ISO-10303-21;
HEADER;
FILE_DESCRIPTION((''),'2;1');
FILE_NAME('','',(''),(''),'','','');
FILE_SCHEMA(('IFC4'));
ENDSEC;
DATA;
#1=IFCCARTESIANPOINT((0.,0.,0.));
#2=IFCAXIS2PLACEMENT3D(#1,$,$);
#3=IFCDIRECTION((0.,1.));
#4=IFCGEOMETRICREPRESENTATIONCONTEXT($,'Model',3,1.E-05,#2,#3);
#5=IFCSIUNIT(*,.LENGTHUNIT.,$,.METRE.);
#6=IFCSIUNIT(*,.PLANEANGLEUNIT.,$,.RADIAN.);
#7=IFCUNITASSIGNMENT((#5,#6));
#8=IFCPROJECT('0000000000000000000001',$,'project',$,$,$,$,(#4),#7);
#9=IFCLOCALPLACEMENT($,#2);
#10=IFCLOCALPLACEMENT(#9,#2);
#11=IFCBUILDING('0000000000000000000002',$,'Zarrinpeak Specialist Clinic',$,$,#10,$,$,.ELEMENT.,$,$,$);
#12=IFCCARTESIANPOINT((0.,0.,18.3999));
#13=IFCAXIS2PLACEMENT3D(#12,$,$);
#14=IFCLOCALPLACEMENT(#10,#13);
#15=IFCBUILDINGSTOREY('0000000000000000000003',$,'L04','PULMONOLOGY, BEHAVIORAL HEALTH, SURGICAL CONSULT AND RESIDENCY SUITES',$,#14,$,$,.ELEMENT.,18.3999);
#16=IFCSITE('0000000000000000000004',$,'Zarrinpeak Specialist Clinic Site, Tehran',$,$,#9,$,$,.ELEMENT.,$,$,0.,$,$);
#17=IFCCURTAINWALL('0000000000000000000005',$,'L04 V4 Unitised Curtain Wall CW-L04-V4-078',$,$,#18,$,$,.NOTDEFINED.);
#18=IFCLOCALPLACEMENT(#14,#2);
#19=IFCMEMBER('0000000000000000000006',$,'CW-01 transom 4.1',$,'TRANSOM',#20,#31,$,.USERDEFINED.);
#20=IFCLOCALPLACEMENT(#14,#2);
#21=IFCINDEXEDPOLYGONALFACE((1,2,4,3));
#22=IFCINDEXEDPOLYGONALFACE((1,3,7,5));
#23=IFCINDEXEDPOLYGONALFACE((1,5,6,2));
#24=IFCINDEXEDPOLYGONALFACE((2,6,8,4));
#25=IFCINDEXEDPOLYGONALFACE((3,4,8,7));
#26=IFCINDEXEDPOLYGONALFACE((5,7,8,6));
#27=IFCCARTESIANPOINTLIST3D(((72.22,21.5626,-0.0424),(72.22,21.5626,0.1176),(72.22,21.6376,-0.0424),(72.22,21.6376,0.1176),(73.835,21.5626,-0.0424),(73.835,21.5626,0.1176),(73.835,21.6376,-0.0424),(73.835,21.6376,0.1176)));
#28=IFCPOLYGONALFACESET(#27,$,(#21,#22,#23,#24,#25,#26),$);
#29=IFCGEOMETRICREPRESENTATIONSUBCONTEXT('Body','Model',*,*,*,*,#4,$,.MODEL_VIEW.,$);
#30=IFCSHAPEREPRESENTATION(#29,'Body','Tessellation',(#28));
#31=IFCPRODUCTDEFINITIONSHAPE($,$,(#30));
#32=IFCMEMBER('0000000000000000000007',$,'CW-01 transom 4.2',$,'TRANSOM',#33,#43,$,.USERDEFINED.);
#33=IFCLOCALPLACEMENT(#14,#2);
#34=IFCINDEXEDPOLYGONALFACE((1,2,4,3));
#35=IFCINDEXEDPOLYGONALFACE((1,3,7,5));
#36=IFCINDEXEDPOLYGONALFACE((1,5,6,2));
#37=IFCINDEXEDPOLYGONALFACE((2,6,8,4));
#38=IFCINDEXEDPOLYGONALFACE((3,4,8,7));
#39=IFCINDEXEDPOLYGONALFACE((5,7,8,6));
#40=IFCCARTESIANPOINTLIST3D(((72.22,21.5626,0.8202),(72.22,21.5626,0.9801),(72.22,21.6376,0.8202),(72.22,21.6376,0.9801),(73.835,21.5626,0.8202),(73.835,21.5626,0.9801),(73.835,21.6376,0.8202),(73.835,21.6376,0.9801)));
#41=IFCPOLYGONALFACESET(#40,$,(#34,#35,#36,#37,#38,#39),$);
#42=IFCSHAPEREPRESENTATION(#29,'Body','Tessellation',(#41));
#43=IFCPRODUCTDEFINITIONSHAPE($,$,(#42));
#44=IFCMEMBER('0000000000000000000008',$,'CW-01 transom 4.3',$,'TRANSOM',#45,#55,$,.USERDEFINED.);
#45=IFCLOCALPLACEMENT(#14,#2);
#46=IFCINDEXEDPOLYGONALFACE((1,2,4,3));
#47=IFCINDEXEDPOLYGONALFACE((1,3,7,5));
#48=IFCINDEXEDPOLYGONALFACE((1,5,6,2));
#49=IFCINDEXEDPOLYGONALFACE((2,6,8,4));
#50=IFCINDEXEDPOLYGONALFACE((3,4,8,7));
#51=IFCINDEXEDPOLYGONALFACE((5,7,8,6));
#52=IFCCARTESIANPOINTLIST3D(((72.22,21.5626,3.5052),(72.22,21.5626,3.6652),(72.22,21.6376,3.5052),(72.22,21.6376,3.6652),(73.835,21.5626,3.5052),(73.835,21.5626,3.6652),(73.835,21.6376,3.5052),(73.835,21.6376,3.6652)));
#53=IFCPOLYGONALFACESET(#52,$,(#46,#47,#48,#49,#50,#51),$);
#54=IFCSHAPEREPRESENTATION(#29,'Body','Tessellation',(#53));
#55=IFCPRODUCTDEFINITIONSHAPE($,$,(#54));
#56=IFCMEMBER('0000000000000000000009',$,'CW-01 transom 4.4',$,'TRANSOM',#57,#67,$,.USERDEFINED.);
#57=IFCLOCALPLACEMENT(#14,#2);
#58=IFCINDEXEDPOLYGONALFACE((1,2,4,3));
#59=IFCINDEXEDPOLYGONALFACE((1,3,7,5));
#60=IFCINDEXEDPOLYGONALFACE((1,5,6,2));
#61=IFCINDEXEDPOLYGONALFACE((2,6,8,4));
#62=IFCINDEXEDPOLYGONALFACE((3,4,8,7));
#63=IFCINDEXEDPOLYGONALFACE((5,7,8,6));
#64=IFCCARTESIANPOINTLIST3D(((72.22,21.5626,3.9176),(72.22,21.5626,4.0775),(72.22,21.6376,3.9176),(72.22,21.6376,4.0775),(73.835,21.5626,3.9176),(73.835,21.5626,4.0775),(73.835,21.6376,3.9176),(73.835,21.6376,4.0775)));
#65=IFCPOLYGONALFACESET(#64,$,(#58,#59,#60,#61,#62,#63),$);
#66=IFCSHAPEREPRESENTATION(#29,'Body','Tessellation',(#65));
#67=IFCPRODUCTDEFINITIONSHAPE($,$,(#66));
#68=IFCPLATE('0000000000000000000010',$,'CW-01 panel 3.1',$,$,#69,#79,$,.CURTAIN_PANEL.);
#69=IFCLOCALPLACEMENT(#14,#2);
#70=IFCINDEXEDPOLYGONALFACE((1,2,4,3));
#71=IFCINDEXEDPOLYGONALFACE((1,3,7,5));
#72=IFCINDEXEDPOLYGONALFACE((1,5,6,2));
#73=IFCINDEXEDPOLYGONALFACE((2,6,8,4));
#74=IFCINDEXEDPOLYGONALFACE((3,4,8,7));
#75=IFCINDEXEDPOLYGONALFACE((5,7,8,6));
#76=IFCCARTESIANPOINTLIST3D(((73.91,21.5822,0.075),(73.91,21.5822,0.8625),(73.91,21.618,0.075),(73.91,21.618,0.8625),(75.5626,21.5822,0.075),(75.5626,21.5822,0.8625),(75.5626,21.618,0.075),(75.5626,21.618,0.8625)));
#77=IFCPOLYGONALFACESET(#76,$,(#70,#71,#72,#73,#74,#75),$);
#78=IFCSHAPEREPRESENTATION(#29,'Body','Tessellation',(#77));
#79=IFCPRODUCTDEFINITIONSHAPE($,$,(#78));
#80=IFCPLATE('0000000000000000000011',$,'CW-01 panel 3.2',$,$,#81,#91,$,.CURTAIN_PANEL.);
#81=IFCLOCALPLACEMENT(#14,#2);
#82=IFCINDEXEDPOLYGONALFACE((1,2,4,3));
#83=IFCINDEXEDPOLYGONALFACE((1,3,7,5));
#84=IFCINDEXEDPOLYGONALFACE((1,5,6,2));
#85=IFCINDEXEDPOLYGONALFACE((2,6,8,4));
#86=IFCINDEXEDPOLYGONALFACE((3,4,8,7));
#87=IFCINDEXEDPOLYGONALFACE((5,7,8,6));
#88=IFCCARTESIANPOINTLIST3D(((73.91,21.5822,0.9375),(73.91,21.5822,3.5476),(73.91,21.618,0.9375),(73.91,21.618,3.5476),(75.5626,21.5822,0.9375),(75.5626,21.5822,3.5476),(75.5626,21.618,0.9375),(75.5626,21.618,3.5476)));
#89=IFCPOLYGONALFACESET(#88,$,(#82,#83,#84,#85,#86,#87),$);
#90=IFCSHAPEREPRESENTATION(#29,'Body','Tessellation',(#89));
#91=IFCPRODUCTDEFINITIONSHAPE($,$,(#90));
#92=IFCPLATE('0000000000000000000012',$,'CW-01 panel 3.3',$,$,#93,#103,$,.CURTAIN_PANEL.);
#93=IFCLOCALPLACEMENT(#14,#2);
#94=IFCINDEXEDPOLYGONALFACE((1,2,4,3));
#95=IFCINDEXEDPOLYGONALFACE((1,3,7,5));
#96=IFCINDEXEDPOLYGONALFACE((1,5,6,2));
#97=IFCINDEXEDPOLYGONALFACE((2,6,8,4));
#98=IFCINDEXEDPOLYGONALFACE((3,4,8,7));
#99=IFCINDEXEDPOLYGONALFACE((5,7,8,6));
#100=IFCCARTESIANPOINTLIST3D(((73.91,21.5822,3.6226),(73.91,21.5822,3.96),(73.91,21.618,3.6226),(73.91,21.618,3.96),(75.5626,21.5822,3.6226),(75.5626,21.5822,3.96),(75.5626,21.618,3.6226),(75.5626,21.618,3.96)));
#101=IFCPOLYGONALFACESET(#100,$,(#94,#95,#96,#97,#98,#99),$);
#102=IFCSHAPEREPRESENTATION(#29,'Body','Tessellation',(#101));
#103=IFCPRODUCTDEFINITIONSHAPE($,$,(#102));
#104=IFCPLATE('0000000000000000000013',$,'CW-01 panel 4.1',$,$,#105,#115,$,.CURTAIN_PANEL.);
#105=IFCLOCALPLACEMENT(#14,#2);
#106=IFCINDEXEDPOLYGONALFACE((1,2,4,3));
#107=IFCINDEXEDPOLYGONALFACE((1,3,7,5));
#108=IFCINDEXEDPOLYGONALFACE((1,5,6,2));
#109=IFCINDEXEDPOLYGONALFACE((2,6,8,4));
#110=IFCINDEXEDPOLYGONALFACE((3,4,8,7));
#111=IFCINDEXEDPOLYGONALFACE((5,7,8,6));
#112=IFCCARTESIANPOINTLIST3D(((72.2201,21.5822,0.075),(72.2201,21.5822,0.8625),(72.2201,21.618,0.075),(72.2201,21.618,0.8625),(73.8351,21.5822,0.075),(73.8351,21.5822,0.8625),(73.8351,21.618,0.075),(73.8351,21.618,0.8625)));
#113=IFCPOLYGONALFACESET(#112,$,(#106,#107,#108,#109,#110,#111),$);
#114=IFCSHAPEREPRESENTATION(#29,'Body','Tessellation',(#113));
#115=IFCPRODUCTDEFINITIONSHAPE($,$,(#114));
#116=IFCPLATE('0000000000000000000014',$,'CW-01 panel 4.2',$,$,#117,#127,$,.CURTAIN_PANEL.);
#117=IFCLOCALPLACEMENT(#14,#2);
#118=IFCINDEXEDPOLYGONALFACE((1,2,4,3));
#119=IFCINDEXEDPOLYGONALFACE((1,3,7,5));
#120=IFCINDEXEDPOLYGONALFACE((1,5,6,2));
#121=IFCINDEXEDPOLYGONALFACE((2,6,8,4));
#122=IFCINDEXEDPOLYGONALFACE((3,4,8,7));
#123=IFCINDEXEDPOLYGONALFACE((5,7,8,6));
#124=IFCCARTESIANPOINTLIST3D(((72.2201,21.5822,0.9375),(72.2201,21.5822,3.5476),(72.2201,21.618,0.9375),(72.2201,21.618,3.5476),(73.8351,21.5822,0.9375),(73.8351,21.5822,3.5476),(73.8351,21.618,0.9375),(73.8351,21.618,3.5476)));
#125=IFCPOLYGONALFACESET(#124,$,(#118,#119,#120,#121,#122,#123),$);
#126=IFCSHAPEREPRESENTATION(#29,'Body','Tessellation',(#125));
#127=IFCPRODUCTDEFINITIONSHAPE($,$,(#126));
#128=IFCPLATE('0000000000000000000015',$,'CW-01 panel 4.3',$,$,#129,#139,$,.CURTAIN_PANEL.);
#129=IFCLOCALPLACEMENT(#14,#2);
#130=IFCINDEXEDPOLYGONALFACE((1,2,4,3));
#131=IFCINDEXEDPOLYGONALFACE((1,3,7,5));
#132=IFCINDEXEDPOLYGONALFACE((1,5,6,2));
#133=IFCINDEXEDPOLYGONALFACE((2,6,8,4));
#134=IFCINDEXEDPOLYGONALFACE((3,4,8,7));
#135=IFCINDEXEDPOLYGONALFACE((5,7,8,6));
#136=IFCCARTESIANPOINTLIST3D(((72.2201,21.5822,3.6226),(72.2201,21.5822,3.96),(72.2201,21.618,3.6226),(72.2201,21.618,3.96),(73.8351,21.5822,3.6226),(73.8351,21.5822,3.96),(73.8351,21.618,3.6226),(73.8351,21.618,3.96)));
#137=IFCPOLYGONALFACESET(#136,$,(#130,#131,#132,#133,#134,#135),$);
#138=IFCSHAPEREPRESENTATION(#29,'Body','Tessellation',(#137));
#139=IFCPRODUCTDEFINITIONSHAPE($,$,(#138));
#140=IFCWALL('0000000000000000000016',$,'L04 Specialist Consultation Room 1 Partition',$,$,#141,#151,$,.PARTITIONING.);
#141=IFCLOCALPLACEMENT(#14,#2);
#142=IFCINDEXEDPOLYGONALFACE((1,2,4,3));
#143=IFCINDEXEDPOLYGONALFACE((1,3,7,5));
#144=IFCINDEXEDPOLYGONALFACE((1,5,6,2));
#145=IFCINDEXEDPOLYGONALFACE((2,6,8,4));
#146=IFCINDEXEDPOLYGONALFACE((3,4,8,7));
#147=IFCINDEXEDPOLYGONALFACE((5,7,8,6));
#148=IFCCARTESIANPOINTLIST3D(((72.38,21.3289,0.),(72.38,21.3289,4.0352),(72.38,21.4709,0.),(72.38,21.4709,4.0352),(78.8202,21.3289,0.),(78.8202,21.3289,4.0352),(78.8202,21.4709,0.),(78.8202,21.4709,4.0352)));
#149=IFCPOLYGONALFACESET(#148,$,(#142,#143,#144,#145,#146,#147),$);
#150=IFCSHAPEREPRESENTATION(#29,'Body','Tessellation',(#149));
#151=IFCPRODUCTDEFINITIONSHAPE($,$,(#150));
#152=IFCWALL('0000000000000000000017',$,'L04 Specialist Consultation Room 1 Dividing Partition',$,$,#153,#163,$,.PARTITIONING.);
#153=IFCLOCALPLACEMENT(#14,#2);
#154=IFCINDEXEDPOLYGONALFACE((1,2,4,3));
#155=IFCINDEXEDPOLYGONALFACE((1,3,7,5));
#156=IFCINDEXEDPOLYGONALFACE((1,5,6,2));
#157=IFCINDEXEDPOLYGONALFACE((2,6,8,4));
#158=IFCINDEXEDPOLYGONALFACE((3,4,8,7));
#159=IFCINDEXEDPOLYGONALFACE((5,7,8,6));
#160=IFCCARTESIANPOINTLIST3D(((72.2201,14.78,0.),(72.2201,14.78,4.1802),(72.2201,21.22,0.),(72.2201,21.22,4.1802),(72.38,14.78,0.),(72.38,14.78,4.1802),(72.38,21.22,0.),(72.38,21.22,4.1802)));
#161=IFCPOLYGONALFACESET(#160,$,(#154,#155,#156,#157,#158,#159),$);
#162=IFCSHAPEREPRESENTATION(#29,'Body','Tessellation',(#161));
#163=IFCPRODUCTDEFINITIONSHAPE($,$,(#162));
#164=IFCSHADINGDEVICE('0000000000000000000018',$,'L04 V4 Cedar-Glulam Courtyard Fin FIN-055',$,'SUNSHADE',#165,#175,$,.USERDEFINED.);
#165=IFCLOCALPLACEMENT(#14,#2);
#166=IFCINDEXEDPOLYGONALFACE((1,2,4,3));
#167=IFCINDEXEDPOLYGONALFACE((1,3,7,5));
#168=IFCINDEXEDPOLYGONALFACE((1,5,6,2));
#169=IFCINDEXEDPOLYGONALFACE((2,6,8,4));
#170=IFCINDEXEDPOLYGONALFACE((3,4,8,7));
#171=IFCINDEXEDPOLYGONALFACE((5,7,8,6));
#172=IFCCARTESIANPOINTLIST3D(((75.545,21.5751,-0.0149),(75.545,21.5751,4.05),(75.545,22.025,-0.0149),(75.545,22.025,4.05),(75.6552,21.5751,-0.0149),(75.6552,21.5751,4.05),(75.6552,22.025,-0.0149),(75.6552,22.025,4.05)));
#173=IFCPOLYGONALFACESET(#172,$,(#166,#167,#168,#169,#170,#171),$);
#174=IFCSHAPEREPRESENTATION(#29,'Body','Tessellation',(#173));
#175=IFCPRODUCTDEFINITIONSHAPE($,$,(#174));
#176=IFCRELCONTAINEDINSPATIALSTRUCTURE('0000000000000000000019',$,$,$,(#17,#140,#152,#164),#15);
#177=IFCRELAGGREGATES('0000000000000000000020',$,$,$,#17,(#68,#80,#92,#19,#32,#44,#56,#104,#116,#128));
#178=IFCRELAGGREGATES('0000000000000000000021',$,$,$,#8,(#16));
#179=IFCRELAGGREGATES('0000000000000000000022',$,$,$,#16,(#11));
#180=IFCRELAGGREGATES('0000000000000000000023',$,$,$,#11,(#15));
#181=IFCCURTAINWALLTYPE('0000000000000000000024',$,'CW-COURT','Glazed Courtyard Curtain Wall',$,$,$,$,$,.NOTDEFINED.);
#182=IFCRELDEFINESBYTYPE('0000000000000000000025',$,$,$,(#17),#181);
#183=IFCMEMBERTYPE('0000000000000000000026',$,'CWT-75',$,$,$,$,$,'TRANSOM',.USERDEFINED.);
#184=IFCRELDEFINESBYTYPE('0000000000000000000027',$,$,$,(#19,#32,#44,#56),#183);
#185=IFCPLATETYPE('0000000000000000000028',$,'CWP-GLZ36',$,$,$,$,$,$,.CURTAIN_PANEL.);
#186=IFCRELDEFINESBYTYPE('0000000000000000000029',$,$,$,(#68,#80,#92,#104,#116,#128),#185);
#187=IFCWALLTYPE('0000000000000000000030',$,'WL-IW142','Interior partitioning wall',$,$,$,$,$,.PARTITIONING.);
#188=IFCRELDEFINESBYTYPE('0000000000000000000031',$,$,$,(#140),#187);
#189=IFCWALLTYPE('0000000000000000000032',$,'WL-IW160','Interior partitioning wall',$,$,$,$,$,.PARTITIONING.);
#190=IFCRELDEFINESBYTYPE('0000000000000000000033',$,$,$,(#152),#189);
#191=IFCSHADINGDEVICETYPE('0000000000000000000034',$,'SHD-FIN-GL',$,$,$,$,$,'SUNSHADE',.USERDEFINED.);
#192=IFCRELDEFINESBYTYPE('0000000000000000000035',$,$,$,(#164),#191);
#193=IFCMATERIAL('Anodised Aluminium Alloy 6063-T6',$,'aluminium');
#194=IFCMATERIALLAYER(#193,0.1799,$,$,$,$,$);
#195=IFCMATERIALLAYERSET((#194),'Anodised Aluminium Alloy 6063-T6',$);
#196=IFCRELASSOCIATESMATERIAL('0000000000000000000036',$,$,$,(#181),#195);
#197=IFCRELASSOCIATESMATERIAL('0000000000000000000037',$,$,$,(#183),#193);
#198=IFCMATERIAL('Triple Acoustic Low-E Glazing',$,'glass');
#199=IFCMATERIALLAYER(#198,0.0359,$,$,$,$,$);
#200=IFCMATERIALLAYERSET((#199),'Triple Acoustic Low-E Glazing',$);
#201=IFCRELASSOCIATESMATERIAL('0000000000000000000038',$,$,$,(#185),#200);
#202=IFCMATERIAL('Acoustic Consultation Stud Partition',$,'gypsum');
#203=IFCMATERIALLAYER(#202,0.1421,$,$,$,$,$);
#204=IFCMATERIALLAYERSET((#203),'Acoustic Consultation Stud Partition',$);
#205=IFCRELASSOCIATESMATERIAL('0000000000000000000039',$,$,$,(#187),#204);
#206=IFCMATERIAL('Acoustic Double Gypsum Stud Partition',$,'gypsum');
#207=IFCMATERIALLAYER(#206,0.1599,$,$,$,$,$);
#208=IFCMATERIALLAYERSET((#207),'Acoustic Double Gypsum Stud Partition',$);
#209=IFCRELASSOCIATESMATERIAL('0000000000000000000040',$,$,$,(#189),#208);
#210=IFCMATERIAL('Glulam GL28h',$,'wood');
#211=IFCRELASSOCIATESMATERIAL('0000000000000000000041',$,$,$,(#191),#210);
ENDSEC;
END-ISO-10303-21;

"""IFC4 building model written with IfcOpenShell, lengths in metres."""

from ifc_helpers import new_model, si_unit, direction, frame, frame_2d, origin, origin_2d, place, context, subcontext, project, spatial, rectangle, extrude, material, layer, layer_set, material_profile, profile_set, type_object, element, aggregate, save


model = new_model("IFC4")

# Units and contexts
model_context = context("Model", 3, precision=1e-05, world=origin(), true_north=direction((0.0, 1.0)))
body_context = subcontext(model_context, "Body", "Model", "MODEL_VIEW")
ifc_project = project(units=[si_unit("LENGTHUNIT", "METRE"), si_unit("PLANEANGLEUNIT", "RADIAN")], contexts=[model_context])

# Site, building, storey
site_placement = place(None, origin())
site = spatial("IfcSite", under=ifc_project, at=site_placement, Name="Zarrinpeak Specialist Clinic Site, Tehran", CompositionType="ELEMENT", RefElevation=0.0)
building_placement = place(site_placement, origin())
building = spatial("IfcBuilding", under=site, at=building_placement, Name="Zarrinpeak Specialist Clinic", CompositionType="ELEMENT")
storey_placement = place(building_placement, frame((0.0, 0.0, 18.3999)))
storey = spatial("IfcBuildingStorey", under=building, at=storey_placement, Name="L04", Description="PULMONOLOGY, BEHAVIORAL HEALTH, SURGICAL CONSULT AND RESIDENCY SUITES", CompositionType="ELEMENT", Elevation=18.3999)

# Curtain wall, members, plates
ifc_material_1 = material(Name="Anodised Aluminium Alloy 6063-T6", Category="aluminium")
ifc_layer_1 = layer(ifc_material_1, 0.1799)
ifc_layer_set_1 = layer_set([ifc_layer_1], Name="Anodised Aluminium Alloy 6063-T6")
curtain_wall_type = type_object("IfcCurtainWallType", Name="CW-COURT", Description="Glazed Courtyard Curtain Wall", PredefinedType="NOTDEFINED", material=ifc_layer_set_1)
curtain_wall_placement = place(storey_placement, origin())
curtain_wall = element("IfcCurtainWall", 1, at=curtain_wall_placement, inside=storey, type_object=curtain_wall_type, Name="L04 V4 Unitised Curtain Wall CW-L04-V4-078", PredefinedType="NOTDEFINED")
ifc_material_profile_1 = material_profile(ifc_material_1, rectangle(XDim=0.075, YDim=0.1599, at=origin_2d()), Name="ALU 75x160")
ifc_profile_set_1 = profile_set([ifc_material_profile_1], Name="Anodised Aluminium Alloy 6063-T6")
member_type_1 = type_object("IfcMemberType", Name="CWT-75", ElementType="TRANSOM", PredefinedType="USERDEFINED", material=ifc_profile_set_1)
member_1_placement = place(storey_placement, frame((73.835, 21.6001, 0.0376), z_axis=(-1.0, 0.0, 0.0), x_axis=(0.0, -1.0, 0.0)))
member_1 = element("IfcMember", 2, at=member_1_placement, type_object=member_type_1, Name="CW-01 transom 4.1", ObjectType="TRANSOM", PredefinedType="USERDEFINED", context=body_context, shape_type="SweptSolid", body=[
    extrude(rectangle(XDim=0.075, YDim=0.1599, at=origin_2d()), origin(), (0.0, 0.0, 1.0), 1.615),
])
member_2_placement = place(storey_placement, frame((73.835, 21.6001, 0.9001), z_axis=(-1.0, 0.0, 0.0), x_axis=(0.0, -1.0, 0.0)))
member_2 = element("IfcMember", 3, at=member_2_placement, type_object=member_type_1, Name="CW-01 transom 4.2", ObjectType="TRANSOM", PredefinedType="USERDEFINED", context=body_context, shape_type="SweptSolid", body=[
    extrude(rectangle(XDim=0.075, YDim=0.1599, at=origin_2d()), origin(), (0.0, 0.0, 1.0), 1.615),
])
member_3_placement = place(storey_placement, frame((73.835, 21.6001, 3.5852), z_axis=(-1.0, 0.0, 0.0), x_axis=(0.0, -1.0, 0.0)))
member_3 = element("IfcMember", 4, at=member_3_placement, type_object=member_type_1, Name="CW-01 transom 4.3", ObjectType="TRANSOM", PredefinedType="USERDEFINED", context=body_context, shape_type="SweptSolid", body=[
    extrude(rectangle(XDim=0.075, YDim=0.1599, at=origin_2d()), origin(), (0.0, 0.0, 1.0), 1.615),
])
member_4_placement = place(storey_placement, frame((73.835, 21.6001, 3.9976), z_axis=(-1.0, 0.0, 0.0), x_axis=(0.0, -1.0, 0.0)))
member_4 = element("IfcMember", 5, at=member_4_placement, type_object=member_type_1, Name="CW-01 transom 4.4", ObjectType="TRANSOM", PredefinedType="USERDEFINED", context=body_context, shape_type="SweptSolid", body=[
    extrude(rectangle(XDim=0.075, YDim=0.1599, at=origin_2d()), origin(), (0.0, 0.0, 1.0), 1.615),
])
ifc_material_2 = material(Name="Triple Acoustic Low-E Glazing", Category="glass")
ifc_layer_2 = layer(ifc_material_2, 0.0359)
ifc_layer_set_2 = layer_set([ifc_layer_2], Name="Triple Acoustic Low-E Glazing")
plate_type = type_object("IfcPlateType", Name="CWP-GLZ36", PredefinedType="CURTAIN_PANEL", material=ifc_layer_set_2)
plate_1_placement = place(storey_placement, frame((74.7363, 21.6001, 0.075), z_axis=(0.0, 0.0, 1.0), x_axis=(-1.0, 0.0, 0.0)))
plate_1 = element("IfcPlate", 6, at=plate_1_placement, type_object=plate_type, Name="CW-01 panel 3.1", PredefinedType="CURTAIN_PANEL", context=body_context, shape_type="SweptSolid", body=[
    extrude(rectangle(XDim=1.6526, YDim=0.0359, at=origin_2d()), origin(), (0.0, 0.0, 1.0), 0.7876),
])
plate_2_placement = place(storey_placement, frame((74.7363, 21.6001, 0.9375), z_axis=(0.0, 0.0, 1.0), x_axis=(-1.0, 0.0, 0.0)))
plate_2 = element("IfcPlate", 7, at=plate_2_placement, type_object=plate_type, Name="CW-01 panel 3.2", PredefinedType="CURTAIN_PANEL", context=body_context, shape_type="SweptSolid", body=[
    extrude(rectangle(XDim=1.6526, YDim=0.0359, at=origin_2d()), origin(), (0.0, 0.0, 1.0), 2.6101),
])
plate_3_placement = place(storey_placement, frame((74.7363, 21.6001, 3.6226), z_axis=(0.0, 0.0, 1.0), x_axis=(-1.0, 0.0, 0.0)))
plate_3 = element("IfcPlate", 8, at=plate_3_placement, type_object=plate_type, Name="CW-01 panel 3.3", PredefinedType="CURTAIN_PANEL", context=body_context, shape_type="SweptSolid", body=[
    extrude(rectangle(XDim=1.6526, YDim=0.0359, at=origin_2d()), origin(), (0.0, 0.0, 1.0), 0.3374),
])
plate_4_placement = place(storey_placement, frame((73.0276, 21.6001, 0.075), z_axis=(0.0, 0.0, 1.0), x_axis=(-1.0, 0.0, 0.0)))
plate_4 = element("IfcPlate", 9, at=plate_4_placement, type_object=plate_type, Name="CW-01 panel 4.1", PredefinedType="CURTAIN_PANEL", context=body_context, shape_type="SweptSolid", body=[
    extrude(rectangle(XDim=1.615, YDim=0.0359, at=origin_2d()), origin(), (0.0, 0.0, 1.0), 0.7876),
])
plate_5_placement = place(storey_placement, frame((73.0276, 21.6001, 0.9375), z_axis=(0.0, 0.0, 1.0), x_axis=(-1.0, 0.0, 0.0)))
plate_5 = element("IfcPlate", 10, at=plate_5_placement, type_object=plate_type, Name="CW-01 panel 4.2", PredefinedType="CURTAIN_PANEL", context=body_context, shape_type="SweptSolid", body=[
    extrude(rectangle(XDim=1.615, YDim=0.0359, at=origin_2d()), origin(), (0.0, 0.0, 1.0), 2.6101),
])
plate_6_placement = place(storey_placement, frame((73.0276, 21.6001, 3.6226), z_axis=(0.0, 0.0, 1.0), x_axis=(-1.0, 0.0, 0.0)))
plate_6 = element("IfcPlate", 11, at=plate_6_placement, type_object=plate_type, Name="CW-01 panel 4.3", PredefinedType="CURTAIN_PANEL", context=body_context, shape_type="SweptSolid", body=[
    extrude(rectangle(XDim=1.615, YDim=0.0359, at=origin_2d()), origin(), (0.0, 0.0, 1.0), 0.3374),
])
aggregate(curtain_wall, [plate_1, plate_2, plate_3, member_1, member_2, member_3, member_4, plate_4, plate_5, plate_6])

# Walls
ifc_material_3 = material(Name="Acoustic Consultation Stud Partition", Category="gypsum")
ifc_layer_3 = layer(ifc_material_3, 0.1421)
ifc_layer_set_3 = layer_set([ifc_layer_3], Name="Acoustic Consultation Stud Partition")
wall_type_1 = type_object("IfcWallType", Name="WL-IW142", Description="Interior partitioning wall", PredefinedType="PARTITIONING", material=ifc_layer_set_3)
wall_1_placement = place(storey_placement, frame((72.3799, 21.3999, 0.0), z_axis=(0.0, 0.0, 1.0), x_axis=(1.0, 0.0, 0.0)))
element("IfcWall", 12, at=wall_1_placement, inside=storey, type_object=wall_type_1, Name="L04 Specialist Consultation Room 1 Partition", PredefinedType="PARTITIONING", context=body_context, shape_type="SweptSolid", body=[
    extrude(rectangle(XDim=6.4402, YDim=0.1421, at=frame_2d((3.2202, 0.0))), origin(), (0.0, 0.0, 1.0), 4.0352),
])
ifc_material_4 = material(Name="Acoustic Double Gypsum Stud Partition", Category="gypsum")
ifc_layer_4 = layer(ifc_material_4, 0.1599)
ifc_layer_set_4 = layer_set([ifc_layer_4], Name="Acoustic Double Gypsum Stud Partition")
wall_type_2 = type_object("IfcWallType", Name="WL-IW160", Description="Interior partitioning wall", PredefinedType="PARTITIONING", material=ifc_layer_set_4)
wall_2_placement = place(storey_placement, frame((72.3, 14.78, 0.0), z_axis=(0.0, 0.0, 1.0), x_axis=(0.0, 1.0, 0.0)))
element("IfcWall", 13, at=wall_2_placement, inside=storey, type_object=wall_type_2, Name="L04 Specialist Consultation Room 1 Dividing Partition", PredefinedType="PARTITIONING", context=body_context, shape_type="SweptSolid", body=[
    extrude(rectangle(XDim=6.4399, YDim=0.1599, at=frame_2d((3.22, 0.0))), origin(), (0.0, 0.0, 1.0), 4.1802),
])

# Shading device
ifc_material_5 = material(Name="Glulam GL28h", Category="wood")
shading_device_type = type_object("IfcShadingDeviceType", Name="SHD-FIN-GL", ElementType="SUNSHADE", PredefinedType="USERDEFINED", material=ifc_material_5)
shading_device_placement = place(storey_placement, frame((75.6001, 21.8, -0.0149), z_axis=(0.0, 0.0, 1.0), x_axis=(1.0, 0.0, 0.0)))
element("IfcShadingDevice", 14, at=shading_device_placement, inside=storey, type_object=shading_device_type, Name="L04 V4 Cedar-Glulam Courtyard Fin FIN-055", ObjectType="SUNSHADE", PredefinedType="USERDEFINED", context=body_context, shape_type="SweptSolid", body=[
    extrude(rectangle(XDim=0.1101, YDim=0.45, at=origin_2d()), origin(), (0.0, 0.0, 1.0), 4.0649),
])

save(model, "model.ifc")
